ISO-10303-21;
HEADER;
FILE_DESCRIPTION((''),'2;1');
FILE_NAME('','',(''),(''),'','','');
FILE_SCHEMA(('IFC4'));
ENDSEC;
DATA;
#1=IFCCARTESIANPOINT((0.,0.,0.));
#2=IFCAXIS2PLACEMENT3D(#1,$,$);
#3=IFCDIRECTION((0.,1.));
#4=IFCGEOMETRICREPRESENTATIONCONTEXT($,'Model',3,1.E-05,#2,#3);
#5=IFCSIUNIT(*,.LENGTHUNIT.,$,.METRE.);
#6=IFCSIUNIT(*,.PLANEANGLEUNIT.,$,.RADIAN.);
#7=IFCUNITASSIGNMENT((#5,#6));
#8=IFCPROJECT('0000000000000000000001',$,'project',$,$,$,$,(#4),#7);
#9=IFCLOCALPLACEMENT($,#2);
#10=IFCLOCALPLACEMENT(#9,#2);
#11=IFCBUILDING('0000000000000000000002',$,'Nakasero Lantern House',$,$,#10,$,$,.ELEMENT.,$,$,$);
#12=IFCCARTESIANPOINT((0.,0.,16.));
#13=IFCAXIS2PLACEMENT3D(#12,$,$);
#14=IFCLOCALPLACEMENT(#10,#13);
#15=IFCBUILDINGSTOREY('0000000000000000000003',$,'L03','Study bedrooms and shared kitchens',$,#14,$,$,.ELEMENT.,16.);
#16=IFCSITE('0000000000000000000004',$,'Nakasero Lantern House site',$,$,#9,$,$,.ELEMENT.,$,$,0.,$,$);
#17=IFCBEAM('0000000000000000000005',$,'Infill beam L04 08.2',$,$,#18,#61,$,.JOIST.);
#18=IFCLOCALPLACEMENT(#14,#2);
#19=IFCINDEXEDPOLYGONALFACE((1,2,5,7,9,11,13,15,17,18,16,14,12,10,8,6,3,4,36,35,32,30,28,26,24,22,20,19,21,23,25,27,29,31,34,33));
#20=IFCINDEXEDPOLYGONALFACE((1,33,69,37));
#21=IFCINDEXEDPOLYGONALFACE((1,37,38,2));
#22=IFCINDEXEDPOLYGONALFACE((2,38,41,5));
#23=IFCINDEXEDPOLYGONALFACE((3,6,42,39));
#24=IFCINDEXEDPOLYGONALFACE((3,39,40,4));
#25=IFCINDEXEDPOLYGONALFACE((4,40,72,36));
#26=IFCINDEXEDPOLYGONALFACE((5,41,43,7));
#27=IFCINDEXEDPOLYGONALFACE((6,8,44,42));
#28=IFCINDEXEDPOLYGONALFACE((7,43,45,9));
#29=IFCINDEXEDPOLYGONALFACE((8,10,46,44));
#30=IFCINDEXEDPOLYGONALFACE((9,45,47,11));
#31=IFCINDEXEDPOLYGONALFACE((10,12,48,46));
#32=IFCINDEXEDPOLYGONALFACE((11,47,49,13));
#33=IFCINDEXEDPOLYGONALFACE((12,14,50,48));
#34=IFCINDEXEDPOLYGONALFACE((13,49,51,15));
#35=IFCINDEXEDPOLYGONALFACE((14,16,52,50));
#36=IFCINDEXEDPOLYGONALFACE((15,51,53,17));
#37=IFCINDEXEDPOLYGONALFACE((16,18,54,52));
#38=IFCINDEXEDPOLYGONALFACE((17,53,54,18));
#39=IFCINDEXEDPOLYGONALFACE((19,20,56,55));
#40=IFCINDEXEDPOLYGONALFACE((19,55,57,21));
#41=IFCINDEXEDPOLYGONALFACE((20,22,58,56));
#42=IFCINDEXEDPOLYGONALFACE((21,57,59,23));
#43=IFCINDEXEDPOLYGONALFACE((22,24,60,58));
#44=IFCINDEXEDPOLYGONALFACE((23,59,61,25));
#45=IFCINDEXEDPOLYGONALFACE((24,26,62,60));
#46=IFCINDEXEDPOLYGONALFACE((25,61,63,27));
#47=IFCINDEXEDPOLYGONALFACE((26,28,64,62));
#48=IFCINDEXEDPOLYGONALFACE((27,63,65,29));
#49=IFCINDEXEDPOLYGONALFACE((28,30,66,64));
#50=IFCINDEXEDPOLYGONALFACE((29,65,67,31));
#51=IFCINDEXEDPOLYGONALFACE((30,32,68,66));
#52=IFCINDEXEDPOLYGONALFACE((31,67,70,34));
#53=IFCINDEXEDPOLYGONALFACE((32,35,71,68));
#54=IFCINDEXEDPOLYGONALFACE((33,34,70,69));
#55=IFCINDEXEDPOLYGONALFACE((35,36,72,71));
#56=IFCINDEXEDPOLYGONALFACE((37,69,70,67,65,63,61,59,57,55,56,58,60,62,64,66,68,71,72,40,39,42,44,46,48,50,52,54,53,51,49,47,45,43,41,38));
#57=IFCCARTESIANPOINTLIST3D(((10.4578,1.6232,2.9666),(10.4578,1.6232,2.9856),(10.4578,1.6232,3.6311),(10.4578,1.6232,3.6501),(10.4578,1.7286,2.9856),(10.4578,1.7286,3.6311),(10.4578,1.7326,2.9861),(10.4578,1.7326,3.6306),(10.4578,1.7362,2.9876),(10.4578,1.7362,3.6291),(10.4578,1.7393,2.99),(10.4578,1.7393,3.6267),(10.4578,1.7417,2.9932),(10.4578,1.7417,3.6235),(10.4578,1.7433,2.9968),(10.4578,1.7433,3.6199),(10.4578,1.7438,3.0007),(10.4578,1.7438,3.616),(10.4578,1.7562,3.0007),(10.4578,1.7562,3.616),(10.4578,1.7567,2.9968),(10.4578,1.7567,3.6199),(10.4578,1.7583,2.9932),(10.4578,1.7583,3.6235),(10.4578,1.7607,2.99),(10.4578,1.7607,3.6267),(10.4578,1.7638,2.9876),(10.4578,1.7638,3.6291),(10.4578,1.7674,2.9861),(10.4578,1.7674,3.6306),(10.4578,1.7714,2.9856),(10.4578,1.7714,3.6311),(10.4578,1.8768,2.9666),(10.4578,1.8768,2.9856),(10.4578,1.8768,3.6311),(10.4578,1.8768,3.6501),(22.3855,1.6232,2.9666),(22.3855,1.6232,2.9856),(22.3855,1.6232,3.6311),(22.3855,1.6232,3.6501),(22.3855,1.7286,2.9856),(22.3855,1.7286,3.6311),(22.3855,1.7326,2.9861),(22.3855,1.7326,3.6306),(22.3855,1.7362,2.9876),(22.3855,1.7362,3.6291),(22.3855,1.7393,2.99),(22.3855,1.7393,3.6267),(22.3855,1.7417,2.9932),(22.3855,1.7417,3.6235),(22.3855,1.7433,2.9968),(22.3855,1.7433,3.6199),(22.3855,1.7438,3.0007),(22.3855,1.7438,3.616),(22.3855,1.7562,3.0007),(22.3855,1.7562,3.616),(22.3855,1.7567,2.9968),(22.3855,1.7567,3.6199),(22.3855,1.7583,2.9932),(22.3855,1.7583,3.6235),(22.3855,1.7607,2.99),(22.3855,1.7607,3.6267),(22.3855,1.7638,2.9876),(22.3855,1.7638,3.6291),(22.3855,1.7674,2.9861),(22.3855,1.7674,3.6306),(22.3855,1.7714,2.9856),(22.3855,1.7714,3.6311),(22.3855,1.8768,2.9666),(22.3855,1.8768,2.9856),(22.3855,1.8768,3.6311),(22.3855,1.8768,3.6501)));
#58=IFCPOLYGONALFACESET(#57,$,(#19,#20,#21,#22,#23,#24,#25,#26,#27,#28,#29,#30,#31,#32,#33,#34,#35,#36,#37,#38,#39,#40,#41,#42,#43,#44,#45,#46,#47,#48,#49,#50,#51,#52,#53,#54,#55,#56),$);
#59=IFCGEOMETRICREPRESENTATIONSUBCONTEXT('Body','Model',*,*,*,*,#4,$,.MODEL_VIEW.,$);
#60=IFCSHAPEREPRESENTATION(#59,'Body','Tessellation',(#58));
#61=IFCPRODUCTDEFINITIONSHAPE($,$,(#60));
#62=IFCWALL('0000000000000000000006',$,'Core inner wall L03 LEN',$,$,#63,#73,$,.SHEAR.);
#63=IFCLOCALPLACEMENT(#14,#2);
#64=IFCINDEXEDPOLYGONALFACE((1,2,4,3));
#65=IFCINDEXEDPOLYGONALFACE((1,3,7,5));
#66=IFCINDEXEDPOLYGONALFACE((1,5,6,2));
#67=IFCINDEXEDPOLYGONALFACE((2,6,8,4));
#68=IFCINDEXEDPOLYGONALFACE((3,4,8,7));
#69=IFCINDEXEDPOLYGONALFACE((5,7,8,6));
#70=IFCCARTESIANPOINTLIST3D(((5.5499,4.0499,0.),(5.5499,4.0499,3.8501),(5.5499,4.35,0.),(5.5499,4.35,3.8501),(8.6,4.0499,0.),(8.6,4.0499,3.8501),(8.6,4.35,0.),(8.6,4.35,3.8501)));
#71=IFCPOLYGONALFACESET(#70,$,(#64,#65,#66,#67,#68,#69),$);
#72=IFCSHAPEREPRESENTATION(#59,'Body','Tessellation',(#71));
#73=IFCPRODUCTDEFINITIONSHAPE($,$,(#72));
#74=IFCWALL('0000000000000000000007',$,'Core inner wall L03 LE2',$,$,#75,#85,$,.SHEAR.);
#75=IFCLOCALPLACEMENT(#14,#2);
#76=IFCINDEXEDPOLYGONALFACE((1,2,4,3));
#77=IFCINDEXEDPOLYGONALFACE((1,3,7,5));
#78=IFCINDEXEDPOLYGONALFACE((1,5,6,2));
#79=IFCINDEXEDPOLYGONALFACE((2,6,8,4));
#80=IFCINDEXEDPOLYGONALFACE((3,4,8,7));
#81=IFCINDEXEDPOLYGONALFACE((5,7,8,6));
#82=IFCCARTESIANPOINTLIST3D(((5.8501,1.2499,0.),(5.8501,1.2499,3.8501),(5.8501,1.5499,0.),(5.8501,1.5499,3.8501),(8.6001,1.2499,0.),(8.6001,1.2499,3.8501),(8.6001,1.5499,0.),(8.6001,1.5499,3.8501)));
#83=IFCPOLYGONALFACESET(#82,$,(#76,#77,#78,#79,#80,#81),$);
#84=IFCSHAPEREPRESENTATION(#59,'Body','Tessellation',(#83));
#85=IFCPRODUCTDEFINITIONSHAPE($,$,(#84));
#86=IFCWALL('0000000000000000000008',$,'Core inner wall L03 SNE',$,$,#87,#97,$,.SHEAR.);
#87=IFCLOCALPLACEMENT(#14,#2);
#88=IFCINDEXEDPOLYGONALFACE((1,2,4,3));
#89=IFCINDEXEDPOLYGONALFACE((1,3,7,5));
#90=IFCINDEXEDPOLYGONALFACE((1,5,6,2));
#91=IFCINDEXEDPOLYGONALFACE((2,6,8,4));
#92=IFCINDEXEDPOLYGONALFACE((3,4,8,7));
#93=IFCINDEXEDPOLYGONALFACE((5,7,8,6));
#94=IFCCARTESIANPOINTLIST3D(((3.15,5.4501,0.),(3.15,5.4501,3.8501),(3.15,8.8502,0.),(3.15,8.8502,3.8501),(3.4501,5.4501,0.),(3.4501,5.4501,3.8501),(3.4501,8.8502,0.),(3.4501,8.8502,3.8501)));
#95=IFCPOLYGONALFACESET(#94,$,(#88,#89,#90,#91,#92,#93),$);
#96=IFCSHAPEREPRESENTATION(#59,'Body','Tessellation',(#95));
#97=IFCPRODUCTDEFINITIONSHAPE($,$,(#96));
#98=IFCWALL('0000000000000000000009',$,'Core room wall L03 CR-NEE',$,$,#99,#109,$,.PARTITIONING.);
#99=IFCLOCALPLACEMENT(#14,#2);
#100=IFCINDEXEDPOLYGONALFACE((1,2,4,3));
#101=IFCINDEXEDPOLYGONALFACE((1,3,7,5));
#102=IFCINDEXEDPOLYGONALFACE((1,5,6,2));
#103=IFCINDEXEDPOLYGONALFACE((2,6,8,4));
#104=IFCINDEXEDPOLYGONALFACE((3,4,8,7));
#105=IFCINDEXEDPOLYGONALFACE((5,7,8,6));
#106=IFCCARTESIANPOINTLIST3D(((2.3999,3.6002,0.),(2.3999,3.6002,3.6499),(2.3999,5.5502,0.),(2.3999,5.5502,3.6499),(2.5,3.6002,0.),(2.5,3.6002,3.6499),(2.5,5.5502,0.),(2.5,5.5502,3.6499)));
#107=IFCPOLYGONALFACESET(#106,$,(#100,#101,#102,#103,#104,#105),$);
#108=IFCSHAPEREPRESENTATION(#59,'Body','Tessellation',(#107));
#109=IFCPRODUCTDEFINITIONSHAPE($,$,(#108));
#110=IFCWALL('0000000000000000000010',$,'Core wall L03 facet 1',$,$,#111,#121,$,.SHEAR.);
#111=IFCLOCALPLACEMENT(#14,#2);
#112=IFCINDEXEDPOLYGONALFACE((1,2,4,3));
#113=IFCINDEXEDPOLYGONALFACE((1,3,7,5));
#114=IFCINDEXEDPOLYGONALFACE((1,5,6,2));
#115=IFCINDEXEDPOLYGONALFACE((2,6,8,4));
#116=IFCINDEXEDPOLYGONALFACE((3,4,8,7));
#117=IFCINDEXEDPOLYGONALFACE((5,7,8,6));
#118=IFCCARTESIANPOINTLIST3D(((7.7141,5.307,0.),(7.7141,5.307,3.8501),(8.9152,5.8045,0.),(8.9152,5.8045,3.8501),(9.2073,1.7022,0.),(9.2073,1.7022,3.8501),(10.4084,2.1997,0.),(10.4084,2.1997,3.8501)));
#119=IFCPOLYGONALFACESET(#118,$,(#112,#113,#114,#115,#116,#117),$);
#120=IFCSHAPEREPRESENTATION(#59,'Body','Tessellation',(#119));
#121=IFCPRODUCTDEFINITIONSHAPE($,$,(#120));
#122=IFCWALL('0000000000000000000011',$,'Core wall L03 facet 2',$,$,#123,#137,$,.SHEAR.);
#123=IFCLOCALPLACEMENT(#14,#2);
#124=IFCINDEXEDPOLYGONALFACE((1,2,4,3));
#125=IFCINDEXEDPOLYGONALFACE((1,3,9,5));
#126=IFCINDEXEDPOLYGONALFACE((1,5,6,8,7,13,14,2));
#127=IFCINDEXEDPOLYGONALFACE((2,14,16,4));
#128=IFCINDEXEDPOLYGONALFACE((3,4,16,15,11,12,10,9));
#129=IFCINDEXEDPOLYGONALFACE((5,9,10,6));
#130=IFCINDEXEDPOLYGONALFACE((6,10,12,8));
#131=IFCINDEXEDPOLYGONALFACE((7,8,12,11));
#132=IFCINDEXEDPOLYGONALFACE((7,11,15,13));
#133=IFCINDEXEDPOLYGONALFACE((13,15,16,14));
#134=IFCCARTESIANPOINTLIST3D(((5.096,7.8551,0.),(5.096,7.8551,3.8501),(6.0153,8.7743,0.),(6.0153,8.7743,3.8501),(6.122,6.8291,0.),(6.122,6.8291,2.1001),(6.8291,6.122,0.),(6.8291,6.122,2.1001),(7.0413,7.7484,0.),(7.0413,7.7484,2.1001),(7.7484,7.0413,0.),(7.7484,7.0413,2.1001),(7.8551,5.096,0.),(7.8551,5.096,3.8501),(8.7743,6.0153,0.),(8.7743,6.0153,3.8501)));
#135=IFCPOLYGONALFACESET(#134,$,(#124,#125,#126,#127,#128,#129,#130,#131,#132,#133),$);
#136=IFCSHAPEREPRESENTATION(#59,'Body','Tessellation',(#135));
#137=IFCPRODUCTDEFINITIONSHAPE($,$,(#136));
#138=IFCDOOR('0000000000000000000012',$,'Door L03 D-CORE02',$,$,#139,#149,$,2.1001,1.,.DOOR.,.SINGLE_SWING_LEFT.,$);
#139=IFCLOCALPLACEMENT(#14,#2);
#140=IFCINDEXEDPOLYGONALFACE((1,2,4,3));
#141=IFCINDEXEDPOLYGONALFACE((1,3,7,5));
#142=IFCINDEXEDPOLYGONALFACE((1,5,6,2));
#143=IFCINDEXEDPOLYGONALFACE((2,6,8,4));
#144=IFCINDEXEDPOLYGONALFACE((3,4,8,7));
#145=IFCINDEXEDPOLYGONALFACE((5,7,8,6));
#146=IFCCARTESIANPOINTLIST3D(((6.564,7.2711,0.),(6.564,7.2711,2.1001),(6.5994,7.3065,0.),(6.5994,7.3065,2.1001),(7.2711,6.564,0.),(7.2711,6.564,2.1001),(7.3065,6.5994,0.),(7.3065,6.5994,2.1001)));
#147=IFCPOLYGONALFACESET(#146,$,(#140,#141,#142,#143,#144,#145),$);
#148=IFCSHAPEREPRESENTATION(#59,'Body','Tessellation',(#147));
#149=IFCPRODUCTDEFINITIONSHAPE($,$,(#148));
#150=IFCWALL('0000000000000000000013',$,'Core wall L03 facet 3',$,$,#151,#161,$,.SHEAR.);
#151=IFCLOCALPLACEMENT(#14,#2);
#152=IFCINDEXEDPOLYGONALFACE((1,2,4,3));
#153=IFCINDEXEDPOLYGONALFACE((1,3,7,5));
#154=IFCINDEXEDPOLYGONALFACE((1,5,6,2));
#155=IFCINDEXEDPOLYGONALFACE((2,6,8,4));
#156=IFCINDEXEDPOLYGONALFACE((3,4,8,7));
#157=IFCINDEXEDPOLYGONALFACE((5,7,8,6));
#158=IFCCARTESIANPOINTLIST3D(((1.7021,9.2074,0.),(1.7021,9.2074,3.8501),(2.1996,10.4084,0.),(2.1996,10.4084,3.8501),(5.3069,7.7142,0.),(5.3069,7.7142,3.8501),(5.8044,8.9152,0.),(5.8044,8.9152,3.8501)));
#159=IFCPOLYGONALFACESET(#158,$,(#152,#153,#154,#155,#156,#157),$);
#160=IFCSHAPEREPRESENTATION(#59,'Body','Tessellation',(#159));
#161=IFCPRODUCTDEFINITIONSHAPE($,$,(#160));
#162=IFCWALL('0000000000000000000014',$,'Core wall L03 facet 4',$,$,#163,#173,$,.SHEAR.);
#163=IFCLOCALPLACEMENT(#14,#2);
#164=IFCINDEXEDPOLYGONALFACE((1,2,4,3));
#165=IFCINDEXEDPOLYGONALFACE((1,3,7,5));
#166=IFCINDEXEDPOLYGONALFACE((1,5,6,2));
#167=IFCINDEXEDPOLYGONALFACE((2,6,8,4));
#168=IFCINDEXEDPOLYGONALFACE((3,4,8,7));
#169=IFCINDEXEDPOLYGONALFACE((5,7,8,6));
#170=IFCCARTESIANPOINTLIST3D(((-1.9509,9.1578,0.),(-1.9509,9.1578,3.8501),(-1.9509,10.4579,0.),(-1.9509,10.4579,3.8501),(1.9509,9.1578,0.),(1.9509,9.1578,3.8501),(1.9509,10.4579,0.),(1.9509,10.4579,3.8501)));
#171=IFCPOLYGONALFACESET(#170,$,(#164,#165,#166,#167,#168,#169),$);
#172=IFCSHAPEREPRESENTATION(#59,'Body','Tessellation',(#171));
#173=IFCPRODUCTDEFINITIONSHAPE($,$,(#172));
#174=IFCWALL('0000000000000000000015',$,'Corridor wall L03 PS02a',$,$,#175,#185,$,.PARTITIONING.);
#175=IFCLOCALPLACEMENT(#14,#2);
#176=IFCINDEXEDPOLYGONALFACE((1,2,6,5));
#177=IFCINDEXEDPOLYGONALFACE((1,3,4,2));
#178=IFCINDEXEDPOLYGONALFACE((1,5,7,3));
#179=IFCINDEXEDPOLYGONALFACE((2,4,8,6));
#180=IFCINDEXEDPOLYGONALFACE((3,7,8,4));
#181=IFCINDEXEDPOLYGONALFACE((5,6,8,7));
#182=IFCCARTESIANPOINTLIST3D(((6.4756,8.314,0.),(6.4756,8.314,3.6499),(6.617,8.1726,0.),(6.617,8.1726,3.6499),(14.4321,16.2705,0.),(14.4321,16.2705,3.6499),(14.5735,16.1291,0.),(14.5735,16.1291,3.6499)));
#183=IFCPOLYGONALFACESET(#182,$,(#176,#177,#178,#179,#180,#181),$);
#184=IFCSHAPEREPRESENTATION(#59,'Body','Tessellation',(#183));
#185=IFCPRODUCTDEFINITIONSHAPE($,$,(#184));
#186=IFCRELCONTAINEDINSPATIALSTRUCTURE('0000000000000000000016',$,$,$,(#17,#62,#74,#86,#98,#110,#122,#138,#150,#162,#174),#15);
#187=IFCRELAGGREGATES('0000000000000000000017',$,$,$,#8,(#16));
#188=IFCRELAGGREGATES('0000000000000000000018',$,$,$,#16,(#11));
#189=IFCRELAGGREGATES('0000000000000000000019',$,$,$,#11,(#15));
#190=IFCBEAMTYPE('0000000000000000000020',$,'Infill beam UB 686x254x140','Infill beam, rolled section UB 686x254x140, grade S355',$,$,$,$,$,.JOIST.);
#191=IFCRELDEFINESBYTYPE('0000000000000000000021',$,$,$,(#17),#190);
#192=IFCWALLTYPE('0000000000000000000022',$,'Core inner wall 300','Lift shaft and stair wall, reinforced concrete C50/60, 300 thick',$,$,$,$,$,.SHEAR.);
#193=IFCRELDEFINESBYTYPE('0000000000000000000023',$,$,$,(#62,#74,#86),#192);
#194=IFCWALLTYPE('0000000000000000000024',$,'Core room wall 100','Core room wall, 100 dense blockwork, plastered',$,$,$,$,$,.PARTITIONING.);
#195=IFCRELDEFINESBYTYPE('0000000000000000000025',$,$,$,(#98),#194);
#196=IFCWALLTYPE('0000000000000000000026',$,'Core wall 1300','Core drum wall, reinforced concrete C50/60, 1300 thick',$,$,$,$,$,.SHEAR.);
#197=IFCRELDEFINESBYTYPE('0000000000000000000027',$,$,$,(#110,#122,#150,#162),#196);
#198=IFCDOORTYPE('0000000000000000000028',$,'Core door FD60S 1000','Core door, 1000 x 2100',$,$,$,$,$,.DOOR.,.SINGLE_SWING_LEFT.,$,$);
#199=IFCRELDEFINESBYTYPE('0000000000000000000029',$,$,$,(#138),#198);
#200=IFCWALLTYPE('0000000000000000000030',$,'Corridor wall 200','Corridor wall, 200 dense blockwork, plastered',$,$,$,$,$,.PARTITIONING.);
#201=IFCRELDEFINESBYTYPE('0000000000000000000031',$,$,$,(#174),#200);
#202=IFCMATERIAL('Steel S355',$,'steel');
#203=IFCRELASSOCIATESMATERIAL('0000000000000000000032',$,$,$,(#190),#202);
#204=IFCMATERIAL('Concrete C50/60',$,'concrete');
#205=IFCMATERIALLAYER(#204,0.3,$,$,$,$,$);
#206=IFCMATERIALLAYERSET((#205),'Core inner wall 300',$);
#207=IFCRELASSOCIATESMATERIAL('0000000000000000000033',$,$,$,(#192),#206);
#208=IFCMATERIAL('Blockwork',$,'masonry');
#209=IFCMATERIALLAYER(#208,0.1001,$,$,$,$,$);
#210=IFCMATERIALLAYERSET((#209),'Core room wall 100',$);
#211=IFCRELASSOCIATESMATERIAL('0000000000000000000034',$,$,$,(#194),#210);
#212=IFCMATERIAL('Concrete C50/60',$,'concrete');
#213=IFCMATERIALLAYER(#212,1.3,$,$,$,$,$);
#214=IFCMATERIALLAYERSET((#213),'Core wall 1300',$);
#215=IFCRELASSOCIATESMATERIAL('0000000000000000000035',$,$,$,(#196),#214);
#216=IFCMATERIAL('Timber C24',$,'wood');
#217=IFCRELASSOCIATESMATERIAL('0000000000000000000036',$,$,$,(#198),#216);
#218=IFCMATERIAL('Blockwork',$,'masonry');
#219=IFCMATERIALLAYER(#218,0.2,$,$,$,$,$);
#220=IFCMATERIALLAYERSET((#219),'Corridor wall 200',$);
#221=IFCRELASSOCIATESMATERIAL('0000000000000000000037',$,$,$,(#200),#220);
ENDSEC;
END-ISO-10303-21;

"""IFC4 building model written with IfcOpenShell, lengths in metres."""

from ifc_helpers import new_model, si_unit, direction, frame, frame_2d, origin, origin_2d, place, context, subcontext, project, spatial, rectangle, i_section, extrude, material, layer, layer_set, material_profile, profile_set, type_object, element, fill, save


model = new_model("IFC4")

# Units and contexts
model_context = context("Model", 3, precision=1e-05, world=origin(), true_north=direction((0.0, 1.0)))
body_context = subcontext(model_context, "Body", "Model", "MODEL_VIEW")
ifc_project = project(units=[si_unit("LENGTHUNIT", "METRE"), si_unit("PLANEANGLEUNIT", "RADIAN")], contexts=[model_context])

# Site, building, storey
site_placement = place(None, origin())
site = spatial("IfcSite", under=ifc_project, at=site_placement, Name="Nakasero Lantern House site", CompositionType="ELEMENT", RefElevation=0.0)
building_placement = place(site_placement, origin())
building = spatial("IfcBuilding", under=site, at=building_placement, Name="Nakasero Lantern House", CompositionType="ELEMENT")
storey_placement = place(building_placement, frame((0.0, 0.0, 16.0)))
storey = spatial("IfcBuildingStorey", under=building, at=storey_placement, Name="L03", Description="Study bedrooms and shared kitchens", CompositionType="ELEMENT", Elevation=16.0)

# Beam
ifc_material_1 = material(Name="Steel S355", Category="steel")
ifc_material_profile_1 = material_profile(ifc_material_1, i_section(OverallWidth=0.2537, OverallDepth=0.6836, WebThickness=0.0125, FlangeThickness=0.019, FilletRadius=0.0151, at=origin_2d()), Name="UB 686x254x140")
ifc_profile_set_1 = profile_set([ifc_material_profile_1], Name="Steel S355")
beam_type_1 = type_object("IfcBeamType", Name="Infill beam UB 686x254x140", Description="Infill beam, rolled section UB 686x254x140, grade S355", PredefinedType="JOIST", material=ifc_profile_set_1)
beam_1_placement = place(storey_placement, frame((10.4578, 1.75, 3.3083), z_axis=(1.0, 0.0, 0.0), x_axis=(0.0, 1.0, 0.0)))
element("IfcBeam", 1, at=beam_1_placement, inside=storey, type_object=beam_type_1, Name="Infill beam L04 08.2", PredefinedType="JOIST", context=body_context, shape_type="SweptSolid", body=[
    extrude(i_section(OverallWidth=0.2537, OverallDepth=0.6836, WebThickness=0.0125, FlangeThickness=0.019, FilletRadius=0.0151, at=origin_2d()), origin(), (0.0, 0.0, 1.0), 11.9277),
])

# Walls
ifc_material_2 = material(Name="Concrete C50/60", Category="concrete")
ifc_layer_1 = layer(ifc_material_2, 0.3)
ifc_layer_set_1 = layer_set([ifc_layer_1], Name="Core inner wall 300")
wall_type_1 = type_object("IfcWallType", Name="Core inner wall 300", Description="Lift shaft and stair wall, reinforced concrete C50/60, 300 thick", PredefinedType="SHEAR", material=ifc_layer_set_1)
wall_1_placement = place(storey_placement, frame((5.55, 4.2, 0.0), z_axis=(0.0, 0.0, 1.0), x_axis=(1.0, 0.0, 0.0)))
element("IfcWall", 2, at=wall_1_placement, inside=storey, type_object=wall_type_1, Name="Core inner wall L03 LEN", PredefinedType="SHEAR", context=body_context, shape_type="SweptSolid", body=[
    extrude(rectangle(XDim=3.05, YDim=0.3, at=frame_2d((1.5249, 0.0))), origin(), (0.0, 0.0, 1.0), 3.8501),
])
wall_2_placement = place(storey_placement, frame((5.8501, 1.3999, 0.0), z_axis=(0.0, 0.0, 1.0), x_axis=(1.0, 0.0, 0.0)))
element("IfcWall", 3, at=wall_2_placement, inside=storey, type_object=wall_type_1, Name="Core inner wall L03 LE2", PredefinedType="SHEAR", context=body_context, shape_type="SweptSolid", body=[
    extrude(rectangle(XDim=2.75, YDim=0.3, at=frame_2d((1.375, 0.0))), origin(), (0.0, 0.0, 1.0), 3.8501),
])
wall_3_placement = place(storey_placement, frame((3.3, 5.45, 0.0), z_axis=(0.0, 0.0, 1.0), x_axis=(0.0, 1.0, 0.0)))
element("IfcWall", 4, at=wall_3_placement, inside=storey, type_object=wall_type_1, Name="Core inner wall L03 SNE", PredefinedType="SHEAR", context=body_context, shape_type="SweptSolid", body=[
    extrude(rectangle(XDim=3.4001, YDim=0.3, at=frame_2d((1.7002, 0.0))), origin(), (0.0, 0.0, 1.0), 3.8501),
])
ifc_material_3 = material(Name="Blockwork", Category="masonry")
ifc_layer_2 = layer(ifc_material_3, 0.1001)
ifc_layer_set_2 = layer_set([ifc_layer_2], Name="Core room wall 100")
wall_type_2 = type_object("IfcWallType", Name="Core room wall 100", Description="Core room wall, 100 dense blockwork, plastered", PredefinedType="PARTITIONING", material=ifc_layer_set_2)
wall_4_placement = place(storey_placement, frame((2.45, 3.6001, 0.0), z_axis=(0.0, 0.0, 1.0), x_axis=(0.0, 1.0, 0.0)))
element("IfcWall", 5, at=wall_4_placement, inside=storey, type_object=wall_type_2, Name="Core room wall L03 CR-NEE", PredefinedType="PARTITIONING", context=body_context, shape_type="SweptSolid", body=[
    extrude(rectangle(XDim=1.95, YDim=0.1001, at=frame_2d((0.9751, 0.0))), origin(), (0.0, 0.0, 1.0), 3.6499),
])
ifc_material_4 = material(Name="Concrete C50/60", Category="concrete")
ifc_layer_3 = layer(ifc_material_4, 1.3)
ifc_layer_set_3 = layer_set([ifc_layer_3], Name="Core wall 1300")
wall_type_3 = type_object("IfcWallType", Name="Core wall 1300", Description="Core drum wall, reinforced concrete C50/60, 1300 thick", PredefinedType="SHEAR", material=ifc_layer_set_3)
wall_5_placement = place(storey_placement, frame((9.8079, 1.9509, 0.0), z_axis=(0.0, 0.0, 1.0), x_axis=(-0.382691, 0.923877, 0.0)))
element("IfcWall", 6, at=wall_5_placement, inside=storey, type_object=wall_type_3, Name="Core wall L03 facet 1", PredefinedType="SHEAR", context=body_context, shape_type="SweptSolid", body=[
    extrude(rectangle(XDim=3.9019, YDim=1.3, at=frame_2d((1.9509, 0.0))), origin(), (0.0, 0.0, 1.0), 3.8501),
])

# Wall, opening, door
wall_6_placement = place(storey_placement, frame((8.3147, 5.5557, 0.0), z_axis=(0.0, 0.0, 1.0), x_axis=(-0.707107, 0.707107, 0.0)))
wall_6 = element("IfcWall", 7, at=wall_6_placement, inside=storey, type_object=wall_type_3, Name="Core wall L03 facet 2", PredefinedType="SHEAR", context=body_context, shape_type="SweptSolid", body=[
    extrude(rectangle(XDim=3.9019, YDim=1.3, at=frame_2d((1.9509, 0.0))), origin(), (0.0, 0.0, 1.0), 3.8501),
])
opening_1_placement = place(wall_6_placement, frame((1.4509, 0.0, 0.0)))
opening_1 = element("IfcOpeningElement", 8, at=opening_1_placement, cuts=wall_6, PredefinedType="OPENING", context=body_context, shape_type="SweptSolid", body=[
    extrude(rectangle(XDim=1.0, YDim=2.1001, at=frame_2d((0.5, 1.05))), frame((0.0, 0.6699, 0.0), z_axis=(0.0, -1.0, 0.0), x_axis=(1.0, 0.0, 0.0)), (0.0, 0.0, 1.0), 1.3401),
])
ifc_material_5 = material(Name="Timber C24", Category="wood")
door_type_1 = type_object("IfcDoorType", Name="Core door FD60S 1000", Description="Core door, 1000 x 2100", OperationType="SINGLE_SWING_LEFT", PredefinedType="DOOR", material=ifc_material_5)
door_1_placement = place(opening_1_placement, origin())
door_1 = element("IfcDoor", 9, at=door_1_placement, inside=storey, type_object=door_type_1, Name="Door L03 D-CORE02", OperationType="SINGLE_SWING_LEFT", OverallHeight=2.1001, OverallWidth=1.0, PredefinedType="DOOR", context=body_context, shape_type="SweptSolid", body=[
    extrude(rectangle(XDim=1.0, YDim=2.1001, at=frame_2d((0.5, 1.05))), frame((0.0, 0.0249, 0.0), z_axis=(0.0, -1.0, 0.0), x_axis=(1.0, 0.0, 0.0)), (0.0, 0.0, 1.0), 0.05),
])
fill(opening_1, door_1)

# Walls
for number, where, z_axis, x_axis, name in (
    (10, (5.5557, 8.3147, 0.0), (0.0, 0.0, 1.0), (-0.923877, 0.382691, 0.0), "Core wall L03 facet 3"),
    (11, (1.9509, 9.8079, 0.0), (0.0, 0.0, 1.0), (-1.0, 0.0, 0.0), "Core wall L03 facet 4"),
):
    element("IfcWall", number, at=place(storey_placement, frame(where, z_axis=z_axis, x_axis=x_axis)), inside=storey, type_object=wall_type_3, Name=name, PredefinedType="SHEAR", context=body_context, shape_type="SweptSolid", body=[
        extrude(rectangle(XDim=3.9019, YDim=1.3, at=frame_2d((1.9509, 0.0))), origin(), (0.0, 0.0, 1.0), 3.8501),
    ])
ifc_material_6 = material(Name="Blockwork", Category="masonry")
ifc_layer_4 = layer(ifc_material_6, 0.2)
ifc_layer_set_4 = layer_set([ifc_layer_4], Name="Corridor wall 200")
wall_type_4 = type_object("IfcWallType", Name="Corridor wall 200", Description="Corridor wall, 200 dense blockwork, plastered", PredefinedType="PARTITIONING", material=ifc_layer_set_4)
for number, where, z_axis, x_axis, name in (
    (12, (6.5464, 8.2434, 0.0), (0.0, 0.0, 1.0), (0.707107, 0.707107, 0.0), "Corridor wall L03 PS02a"),
):
    element("IfcWall", number, at=place(storey_placement, frame(where, z_axis=z_axis, x_axis=x_axis)), inside=storey, type_object=wall_type_4, Name=name, PredefinedType="PARTITIONING", context=body_context, shape_type="SweptSolid", body=[
        extrude(rectangle(XDim=11.2522, YDim=0.2, at=frame_2d((5.626, 0.0))), origin(), (0.0, 0.0, 1.0), 3.6499),
    ])

save(model, "model.ifc")
